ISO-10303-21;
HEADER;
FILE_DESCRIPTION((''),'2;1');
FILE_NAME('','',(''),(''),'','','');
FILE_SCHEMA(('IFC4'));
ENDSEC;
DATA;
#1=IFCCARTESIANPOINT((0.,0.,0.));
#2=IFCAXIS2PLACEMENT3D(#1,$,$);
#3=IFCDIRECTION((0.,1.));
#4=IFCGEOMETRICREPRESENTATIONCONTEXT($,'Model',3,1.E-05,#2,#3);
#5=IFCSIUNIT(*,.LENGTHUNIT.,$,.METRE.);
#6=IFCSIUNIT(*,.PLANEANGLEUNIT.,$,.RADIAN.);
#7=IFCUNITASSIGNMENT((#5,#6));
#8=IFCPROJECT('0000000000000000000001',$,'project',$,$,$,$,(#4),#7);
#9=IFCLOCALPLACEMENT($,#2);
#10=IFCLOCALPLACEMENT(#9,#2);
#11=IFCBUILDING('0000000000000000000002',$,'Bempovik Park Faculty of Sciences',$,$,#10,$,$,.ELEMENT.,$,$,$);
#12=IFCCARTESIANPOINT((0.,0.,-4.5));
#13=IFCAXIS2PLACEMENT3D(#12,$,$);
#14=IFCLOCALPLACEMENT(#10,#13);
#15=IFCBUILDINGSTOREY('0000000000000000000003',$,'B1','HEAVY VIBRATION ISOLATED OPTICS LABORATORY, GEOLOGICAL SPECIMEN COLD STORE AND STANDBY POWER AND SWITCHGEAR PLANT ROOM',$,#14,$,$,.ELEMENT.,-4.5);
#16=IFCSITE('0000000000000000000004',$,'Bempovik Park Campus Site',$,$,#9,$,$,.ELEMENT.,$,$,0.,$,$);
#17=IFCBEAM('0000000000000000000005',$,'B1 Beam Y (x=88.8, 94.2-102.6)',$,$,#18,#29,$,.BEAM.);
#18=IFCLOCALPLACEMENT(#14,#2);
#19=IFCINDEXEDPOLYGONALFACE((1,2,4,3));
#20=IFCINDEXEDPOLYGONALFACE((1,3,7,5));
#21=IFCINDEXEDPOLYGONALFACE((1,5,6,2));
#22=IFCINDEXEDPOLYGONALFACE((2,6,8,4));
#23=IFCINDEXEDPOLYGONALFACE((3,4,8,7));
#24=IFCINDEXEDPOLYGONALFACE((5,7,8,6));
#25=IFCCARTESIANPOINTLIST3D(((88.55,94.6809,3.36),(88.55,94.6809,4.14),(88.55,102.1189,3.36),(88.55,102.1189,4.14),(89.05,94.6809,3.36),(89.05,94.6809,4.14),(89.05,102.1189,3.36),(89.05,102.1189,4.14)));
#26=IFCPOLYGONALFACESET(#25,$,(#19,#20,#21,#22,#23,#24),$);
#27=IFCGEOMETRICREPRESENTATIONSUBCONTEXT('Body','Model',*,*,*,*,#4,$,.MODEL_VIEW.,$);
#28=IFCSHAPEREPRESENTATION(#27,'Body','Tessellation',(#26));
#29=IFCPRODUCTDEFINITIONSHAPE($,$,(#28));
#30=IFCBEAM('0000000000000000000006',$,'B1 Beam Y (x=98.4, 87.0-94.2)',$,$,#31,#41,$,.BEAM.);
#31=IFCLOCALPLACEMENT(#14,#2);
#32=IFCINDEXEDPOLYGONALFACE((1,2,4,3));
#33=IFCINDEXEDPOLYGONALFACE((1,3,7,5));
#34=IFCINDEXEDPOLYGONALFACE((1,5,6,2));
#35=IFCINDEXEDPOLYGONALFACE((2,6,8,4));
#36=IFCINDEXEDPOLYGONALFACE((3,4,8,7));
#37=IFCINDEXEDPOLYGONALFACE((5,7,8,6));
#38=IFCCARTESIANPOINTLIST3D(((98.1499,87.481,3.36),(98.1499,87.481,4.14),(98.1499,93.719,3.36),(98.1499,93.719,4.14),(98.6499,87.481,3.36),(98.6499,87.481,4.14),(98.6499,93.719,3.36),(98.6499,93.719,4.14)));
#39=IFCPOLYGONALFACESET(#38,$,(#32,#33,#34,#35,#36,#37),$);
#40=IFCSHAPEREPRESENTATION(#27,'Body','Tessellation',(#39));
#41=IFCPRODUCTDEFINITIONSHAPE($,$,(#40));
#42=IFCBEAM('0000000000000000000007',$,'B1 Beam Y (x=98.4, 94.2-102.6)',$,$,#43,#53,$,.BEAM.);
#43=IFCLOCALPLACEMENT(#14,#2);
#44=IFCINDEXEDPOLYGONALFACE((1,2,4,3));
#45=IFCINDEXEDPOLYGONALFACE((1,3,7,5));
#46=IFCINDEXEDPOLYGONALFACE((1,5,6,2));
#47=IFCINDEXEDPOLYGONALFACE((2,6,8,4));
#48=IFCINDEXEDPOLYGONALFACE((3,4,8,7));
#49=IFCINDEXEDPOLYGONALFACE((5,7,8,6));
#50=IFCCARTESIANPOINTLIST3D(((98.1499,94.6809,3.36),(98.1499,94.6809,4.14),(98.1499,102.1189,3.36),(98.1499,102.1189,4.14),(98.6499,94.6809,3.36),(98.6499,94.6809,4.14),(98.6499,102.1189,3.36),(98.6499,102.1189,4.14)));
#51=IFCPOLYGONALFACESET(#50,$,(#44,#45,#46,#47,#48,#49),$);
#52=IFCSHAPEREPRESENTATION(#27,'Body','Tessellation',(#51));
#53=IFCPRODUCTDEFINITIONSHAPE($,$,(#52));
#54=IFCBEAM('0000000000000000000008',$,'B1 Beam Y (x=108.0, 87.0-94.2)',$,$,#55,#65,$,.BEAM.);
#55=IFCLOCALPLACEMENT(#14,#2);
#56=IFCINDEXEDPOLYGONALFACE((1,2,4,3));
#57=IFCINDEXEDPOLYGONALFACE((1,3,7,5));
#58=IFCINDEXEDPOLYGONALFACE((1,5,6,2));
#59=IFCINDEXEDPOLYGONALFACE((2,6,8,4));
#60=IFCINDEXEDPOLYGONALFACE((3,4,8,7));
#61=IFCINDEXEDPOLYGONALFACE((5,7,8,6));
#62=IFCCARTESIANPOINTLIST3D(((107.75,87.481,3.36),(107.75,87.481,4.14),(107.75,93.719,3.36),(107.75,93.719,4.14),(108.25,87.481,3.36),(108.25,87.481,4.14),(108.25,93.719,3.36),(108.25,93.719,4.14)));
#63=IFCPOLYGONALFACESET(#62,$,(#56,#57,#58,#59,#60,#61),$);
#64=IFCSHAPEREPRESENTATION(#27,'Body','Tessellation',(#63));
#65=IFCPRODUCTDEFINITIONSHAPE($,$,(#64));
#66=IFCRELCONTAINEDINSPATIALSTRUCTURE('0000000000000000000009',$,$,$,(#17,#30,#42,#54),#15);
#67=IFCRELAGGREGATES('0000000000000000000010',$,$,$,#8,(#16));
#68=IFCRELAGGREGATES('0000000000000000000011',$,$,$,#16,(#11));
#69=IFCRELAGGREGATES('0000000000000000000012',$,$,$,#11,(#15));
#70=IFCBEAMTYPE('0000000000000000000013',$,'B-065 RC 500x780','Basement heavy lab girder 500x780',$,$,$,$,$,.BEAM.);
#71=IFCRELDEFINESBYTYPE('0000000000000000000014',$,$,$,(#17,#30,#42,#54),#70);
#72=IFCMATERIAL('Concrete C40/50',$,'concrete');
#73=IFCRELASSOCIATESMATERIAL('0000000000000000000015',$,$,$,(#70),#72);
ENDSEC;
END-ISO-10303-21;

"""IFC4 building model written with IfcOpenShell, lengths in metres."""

from ifc_helpers import new_model, si_unit, direction, frame, origin, origin_2d, place, context, subcontext, project, spatial, rectangle, extrude, material, material_profile, profile_set, type_object, element, save


model = new_model("IFC4")

# Units and contexts
model_context = context("Model", 3, precision=1e-05, world=origin(), true_north=direction((0.0, 1.0)))
body_context = subcontext(model_context, "Body", "Model", "MODEL_VIEW")
ifc_project = project(units=[si_unit("LENGTHUNIT", "METRE"), si_unit("PLANEANGLEUNIT", "RADIAN")], contexts=[model_context])

# Site, building, storey
site_placement = place(None, origin())
site = spatial("IfcSite", under=ifc_project, at=site_placement, Name="Bempovik Park Campus Site", CompositionType="ELEMENT", RefElevation=0.0)
building_placement = place(site_placement, origin())
building = spatial("IfcBuilding", under=site, at=building_placement, Name="Bempovik Park Faculty of Sciences", CompositionType="ELEMENT")
storey_placement = place(building_placement, frame((0.0, 0.0, -4.5)))
storey = spatial("IfcBuildingStorey", under=building, at=storey_placement, Name="B1", Description="HEAVY VIBRATION ISOLATED OPTICS LABORATORY, GEOLOGICAL SPECIMEN COLD STORE AND STANDBY POWER AND SWITCHGEAR PLANT ROOM", CompositionType="ELEMENT", Elevation=-4.5)

# Shared definitions
ifc_material_1 = material(Name="Concrete C40/50", Category="concrete")

# Beams
ifc_material_profile_1 = material_profile(ifc_material_1, rectangle(XDim=0.5, YDim=0.78, at=origin_2d()), Name="RC 500x780")
ifc_profile_set_1 = profile_set([ifc_material_profile_1], Name="Concrete C40/50")
beam_type_1 = type_object("IfcBeamType", Name="B-065 RC 500x780", Description="Basement heavy lab girder 500x780", PredefinedType="BEAM", material=ifc_profile_set_1)
beam_1_placement = place(storey_placement, frame((88.8, 94.6809, 3.75), z_axis=(0.0, 1.0, 0.0), x_axis=(-1.0, 0.0, 0.0)))
element("IfcBeam", 1, at=beam_1_placement, inside=storey, type_object=beam_type_1, Name="B1 Beam Y (x=88.8, 94.2-102.6)", PredefinedType="BEAM", context=body_context, shape_type="SweptSolid", body=[
    extrude(rectangle(XDim=0.5, YDim=0.78, at=origin_2d()), origin(), (0.0, 0.0, 1.0), 7.438),
])
beam_2_placement = place(storey_placement, frame((98.3999, 87.481, 3.75), z_axis=(0.0, 1.0, 0.0), x_axis=(-1.0, 0.0, 0.0)))
element("IfcBeam", 2, at=beam_2_placement, inside=storey, type_object=beam_type_1, Name="B1 Beam Y (x=98.4, 87.0-94.2)", PredefinedType="BEAM", context=body_context, shape_type="SweptSolid", body=[
    extrude(rectangle(XDim=0.5, YDim=0.78, at=origin_2d()), origin(), (0.0, 0.0, 1.0), 6.238),
])
beam_3_placement = place(storey_placement, frame((98.3999, 94.6809, 3.75), z_axis=(0.0, 1.0, 0.0), x_axis=(-1.0, 0.0, 0.0)))
element("IfcBeam", 3, at=beam_3_placement, inside=storey, type_object=beam_type_1, Name="B1 Beam Y (x=98.4, 94.2-102.6)", PredefinedType="BEAM", context=body_context, shape_type="SweptSolid", body=[
    extrude(rectangle(XDim=0.5, YDim=0.78, at=origin_2d()), origin(), (0.0, 0.0, 1.0), 7.438),
])
beam_4_placement = place(storey_placement, frame((108.0, 87.481, 3.75), z_axis=(0.0, 1.0, 0.0), x_axis=(-1.0, 0.0, 0.0)))
element("IfcBeam", 4, at=beam_4_placement, inside=storey, type_object=beam_type_1, Name="B1 Beam Y (x=108.0, 87.0-94.2)", PredefinedType="BEAM", context=body_context, shape_type="SweptSolid", body=[
    extrude(rectangle(XDim=0.5, YDim=0.78, at=origin_2d()), origin(), (0.0, 0.0, 1.0), 6.238),
])

save(model, "model.ifc")
